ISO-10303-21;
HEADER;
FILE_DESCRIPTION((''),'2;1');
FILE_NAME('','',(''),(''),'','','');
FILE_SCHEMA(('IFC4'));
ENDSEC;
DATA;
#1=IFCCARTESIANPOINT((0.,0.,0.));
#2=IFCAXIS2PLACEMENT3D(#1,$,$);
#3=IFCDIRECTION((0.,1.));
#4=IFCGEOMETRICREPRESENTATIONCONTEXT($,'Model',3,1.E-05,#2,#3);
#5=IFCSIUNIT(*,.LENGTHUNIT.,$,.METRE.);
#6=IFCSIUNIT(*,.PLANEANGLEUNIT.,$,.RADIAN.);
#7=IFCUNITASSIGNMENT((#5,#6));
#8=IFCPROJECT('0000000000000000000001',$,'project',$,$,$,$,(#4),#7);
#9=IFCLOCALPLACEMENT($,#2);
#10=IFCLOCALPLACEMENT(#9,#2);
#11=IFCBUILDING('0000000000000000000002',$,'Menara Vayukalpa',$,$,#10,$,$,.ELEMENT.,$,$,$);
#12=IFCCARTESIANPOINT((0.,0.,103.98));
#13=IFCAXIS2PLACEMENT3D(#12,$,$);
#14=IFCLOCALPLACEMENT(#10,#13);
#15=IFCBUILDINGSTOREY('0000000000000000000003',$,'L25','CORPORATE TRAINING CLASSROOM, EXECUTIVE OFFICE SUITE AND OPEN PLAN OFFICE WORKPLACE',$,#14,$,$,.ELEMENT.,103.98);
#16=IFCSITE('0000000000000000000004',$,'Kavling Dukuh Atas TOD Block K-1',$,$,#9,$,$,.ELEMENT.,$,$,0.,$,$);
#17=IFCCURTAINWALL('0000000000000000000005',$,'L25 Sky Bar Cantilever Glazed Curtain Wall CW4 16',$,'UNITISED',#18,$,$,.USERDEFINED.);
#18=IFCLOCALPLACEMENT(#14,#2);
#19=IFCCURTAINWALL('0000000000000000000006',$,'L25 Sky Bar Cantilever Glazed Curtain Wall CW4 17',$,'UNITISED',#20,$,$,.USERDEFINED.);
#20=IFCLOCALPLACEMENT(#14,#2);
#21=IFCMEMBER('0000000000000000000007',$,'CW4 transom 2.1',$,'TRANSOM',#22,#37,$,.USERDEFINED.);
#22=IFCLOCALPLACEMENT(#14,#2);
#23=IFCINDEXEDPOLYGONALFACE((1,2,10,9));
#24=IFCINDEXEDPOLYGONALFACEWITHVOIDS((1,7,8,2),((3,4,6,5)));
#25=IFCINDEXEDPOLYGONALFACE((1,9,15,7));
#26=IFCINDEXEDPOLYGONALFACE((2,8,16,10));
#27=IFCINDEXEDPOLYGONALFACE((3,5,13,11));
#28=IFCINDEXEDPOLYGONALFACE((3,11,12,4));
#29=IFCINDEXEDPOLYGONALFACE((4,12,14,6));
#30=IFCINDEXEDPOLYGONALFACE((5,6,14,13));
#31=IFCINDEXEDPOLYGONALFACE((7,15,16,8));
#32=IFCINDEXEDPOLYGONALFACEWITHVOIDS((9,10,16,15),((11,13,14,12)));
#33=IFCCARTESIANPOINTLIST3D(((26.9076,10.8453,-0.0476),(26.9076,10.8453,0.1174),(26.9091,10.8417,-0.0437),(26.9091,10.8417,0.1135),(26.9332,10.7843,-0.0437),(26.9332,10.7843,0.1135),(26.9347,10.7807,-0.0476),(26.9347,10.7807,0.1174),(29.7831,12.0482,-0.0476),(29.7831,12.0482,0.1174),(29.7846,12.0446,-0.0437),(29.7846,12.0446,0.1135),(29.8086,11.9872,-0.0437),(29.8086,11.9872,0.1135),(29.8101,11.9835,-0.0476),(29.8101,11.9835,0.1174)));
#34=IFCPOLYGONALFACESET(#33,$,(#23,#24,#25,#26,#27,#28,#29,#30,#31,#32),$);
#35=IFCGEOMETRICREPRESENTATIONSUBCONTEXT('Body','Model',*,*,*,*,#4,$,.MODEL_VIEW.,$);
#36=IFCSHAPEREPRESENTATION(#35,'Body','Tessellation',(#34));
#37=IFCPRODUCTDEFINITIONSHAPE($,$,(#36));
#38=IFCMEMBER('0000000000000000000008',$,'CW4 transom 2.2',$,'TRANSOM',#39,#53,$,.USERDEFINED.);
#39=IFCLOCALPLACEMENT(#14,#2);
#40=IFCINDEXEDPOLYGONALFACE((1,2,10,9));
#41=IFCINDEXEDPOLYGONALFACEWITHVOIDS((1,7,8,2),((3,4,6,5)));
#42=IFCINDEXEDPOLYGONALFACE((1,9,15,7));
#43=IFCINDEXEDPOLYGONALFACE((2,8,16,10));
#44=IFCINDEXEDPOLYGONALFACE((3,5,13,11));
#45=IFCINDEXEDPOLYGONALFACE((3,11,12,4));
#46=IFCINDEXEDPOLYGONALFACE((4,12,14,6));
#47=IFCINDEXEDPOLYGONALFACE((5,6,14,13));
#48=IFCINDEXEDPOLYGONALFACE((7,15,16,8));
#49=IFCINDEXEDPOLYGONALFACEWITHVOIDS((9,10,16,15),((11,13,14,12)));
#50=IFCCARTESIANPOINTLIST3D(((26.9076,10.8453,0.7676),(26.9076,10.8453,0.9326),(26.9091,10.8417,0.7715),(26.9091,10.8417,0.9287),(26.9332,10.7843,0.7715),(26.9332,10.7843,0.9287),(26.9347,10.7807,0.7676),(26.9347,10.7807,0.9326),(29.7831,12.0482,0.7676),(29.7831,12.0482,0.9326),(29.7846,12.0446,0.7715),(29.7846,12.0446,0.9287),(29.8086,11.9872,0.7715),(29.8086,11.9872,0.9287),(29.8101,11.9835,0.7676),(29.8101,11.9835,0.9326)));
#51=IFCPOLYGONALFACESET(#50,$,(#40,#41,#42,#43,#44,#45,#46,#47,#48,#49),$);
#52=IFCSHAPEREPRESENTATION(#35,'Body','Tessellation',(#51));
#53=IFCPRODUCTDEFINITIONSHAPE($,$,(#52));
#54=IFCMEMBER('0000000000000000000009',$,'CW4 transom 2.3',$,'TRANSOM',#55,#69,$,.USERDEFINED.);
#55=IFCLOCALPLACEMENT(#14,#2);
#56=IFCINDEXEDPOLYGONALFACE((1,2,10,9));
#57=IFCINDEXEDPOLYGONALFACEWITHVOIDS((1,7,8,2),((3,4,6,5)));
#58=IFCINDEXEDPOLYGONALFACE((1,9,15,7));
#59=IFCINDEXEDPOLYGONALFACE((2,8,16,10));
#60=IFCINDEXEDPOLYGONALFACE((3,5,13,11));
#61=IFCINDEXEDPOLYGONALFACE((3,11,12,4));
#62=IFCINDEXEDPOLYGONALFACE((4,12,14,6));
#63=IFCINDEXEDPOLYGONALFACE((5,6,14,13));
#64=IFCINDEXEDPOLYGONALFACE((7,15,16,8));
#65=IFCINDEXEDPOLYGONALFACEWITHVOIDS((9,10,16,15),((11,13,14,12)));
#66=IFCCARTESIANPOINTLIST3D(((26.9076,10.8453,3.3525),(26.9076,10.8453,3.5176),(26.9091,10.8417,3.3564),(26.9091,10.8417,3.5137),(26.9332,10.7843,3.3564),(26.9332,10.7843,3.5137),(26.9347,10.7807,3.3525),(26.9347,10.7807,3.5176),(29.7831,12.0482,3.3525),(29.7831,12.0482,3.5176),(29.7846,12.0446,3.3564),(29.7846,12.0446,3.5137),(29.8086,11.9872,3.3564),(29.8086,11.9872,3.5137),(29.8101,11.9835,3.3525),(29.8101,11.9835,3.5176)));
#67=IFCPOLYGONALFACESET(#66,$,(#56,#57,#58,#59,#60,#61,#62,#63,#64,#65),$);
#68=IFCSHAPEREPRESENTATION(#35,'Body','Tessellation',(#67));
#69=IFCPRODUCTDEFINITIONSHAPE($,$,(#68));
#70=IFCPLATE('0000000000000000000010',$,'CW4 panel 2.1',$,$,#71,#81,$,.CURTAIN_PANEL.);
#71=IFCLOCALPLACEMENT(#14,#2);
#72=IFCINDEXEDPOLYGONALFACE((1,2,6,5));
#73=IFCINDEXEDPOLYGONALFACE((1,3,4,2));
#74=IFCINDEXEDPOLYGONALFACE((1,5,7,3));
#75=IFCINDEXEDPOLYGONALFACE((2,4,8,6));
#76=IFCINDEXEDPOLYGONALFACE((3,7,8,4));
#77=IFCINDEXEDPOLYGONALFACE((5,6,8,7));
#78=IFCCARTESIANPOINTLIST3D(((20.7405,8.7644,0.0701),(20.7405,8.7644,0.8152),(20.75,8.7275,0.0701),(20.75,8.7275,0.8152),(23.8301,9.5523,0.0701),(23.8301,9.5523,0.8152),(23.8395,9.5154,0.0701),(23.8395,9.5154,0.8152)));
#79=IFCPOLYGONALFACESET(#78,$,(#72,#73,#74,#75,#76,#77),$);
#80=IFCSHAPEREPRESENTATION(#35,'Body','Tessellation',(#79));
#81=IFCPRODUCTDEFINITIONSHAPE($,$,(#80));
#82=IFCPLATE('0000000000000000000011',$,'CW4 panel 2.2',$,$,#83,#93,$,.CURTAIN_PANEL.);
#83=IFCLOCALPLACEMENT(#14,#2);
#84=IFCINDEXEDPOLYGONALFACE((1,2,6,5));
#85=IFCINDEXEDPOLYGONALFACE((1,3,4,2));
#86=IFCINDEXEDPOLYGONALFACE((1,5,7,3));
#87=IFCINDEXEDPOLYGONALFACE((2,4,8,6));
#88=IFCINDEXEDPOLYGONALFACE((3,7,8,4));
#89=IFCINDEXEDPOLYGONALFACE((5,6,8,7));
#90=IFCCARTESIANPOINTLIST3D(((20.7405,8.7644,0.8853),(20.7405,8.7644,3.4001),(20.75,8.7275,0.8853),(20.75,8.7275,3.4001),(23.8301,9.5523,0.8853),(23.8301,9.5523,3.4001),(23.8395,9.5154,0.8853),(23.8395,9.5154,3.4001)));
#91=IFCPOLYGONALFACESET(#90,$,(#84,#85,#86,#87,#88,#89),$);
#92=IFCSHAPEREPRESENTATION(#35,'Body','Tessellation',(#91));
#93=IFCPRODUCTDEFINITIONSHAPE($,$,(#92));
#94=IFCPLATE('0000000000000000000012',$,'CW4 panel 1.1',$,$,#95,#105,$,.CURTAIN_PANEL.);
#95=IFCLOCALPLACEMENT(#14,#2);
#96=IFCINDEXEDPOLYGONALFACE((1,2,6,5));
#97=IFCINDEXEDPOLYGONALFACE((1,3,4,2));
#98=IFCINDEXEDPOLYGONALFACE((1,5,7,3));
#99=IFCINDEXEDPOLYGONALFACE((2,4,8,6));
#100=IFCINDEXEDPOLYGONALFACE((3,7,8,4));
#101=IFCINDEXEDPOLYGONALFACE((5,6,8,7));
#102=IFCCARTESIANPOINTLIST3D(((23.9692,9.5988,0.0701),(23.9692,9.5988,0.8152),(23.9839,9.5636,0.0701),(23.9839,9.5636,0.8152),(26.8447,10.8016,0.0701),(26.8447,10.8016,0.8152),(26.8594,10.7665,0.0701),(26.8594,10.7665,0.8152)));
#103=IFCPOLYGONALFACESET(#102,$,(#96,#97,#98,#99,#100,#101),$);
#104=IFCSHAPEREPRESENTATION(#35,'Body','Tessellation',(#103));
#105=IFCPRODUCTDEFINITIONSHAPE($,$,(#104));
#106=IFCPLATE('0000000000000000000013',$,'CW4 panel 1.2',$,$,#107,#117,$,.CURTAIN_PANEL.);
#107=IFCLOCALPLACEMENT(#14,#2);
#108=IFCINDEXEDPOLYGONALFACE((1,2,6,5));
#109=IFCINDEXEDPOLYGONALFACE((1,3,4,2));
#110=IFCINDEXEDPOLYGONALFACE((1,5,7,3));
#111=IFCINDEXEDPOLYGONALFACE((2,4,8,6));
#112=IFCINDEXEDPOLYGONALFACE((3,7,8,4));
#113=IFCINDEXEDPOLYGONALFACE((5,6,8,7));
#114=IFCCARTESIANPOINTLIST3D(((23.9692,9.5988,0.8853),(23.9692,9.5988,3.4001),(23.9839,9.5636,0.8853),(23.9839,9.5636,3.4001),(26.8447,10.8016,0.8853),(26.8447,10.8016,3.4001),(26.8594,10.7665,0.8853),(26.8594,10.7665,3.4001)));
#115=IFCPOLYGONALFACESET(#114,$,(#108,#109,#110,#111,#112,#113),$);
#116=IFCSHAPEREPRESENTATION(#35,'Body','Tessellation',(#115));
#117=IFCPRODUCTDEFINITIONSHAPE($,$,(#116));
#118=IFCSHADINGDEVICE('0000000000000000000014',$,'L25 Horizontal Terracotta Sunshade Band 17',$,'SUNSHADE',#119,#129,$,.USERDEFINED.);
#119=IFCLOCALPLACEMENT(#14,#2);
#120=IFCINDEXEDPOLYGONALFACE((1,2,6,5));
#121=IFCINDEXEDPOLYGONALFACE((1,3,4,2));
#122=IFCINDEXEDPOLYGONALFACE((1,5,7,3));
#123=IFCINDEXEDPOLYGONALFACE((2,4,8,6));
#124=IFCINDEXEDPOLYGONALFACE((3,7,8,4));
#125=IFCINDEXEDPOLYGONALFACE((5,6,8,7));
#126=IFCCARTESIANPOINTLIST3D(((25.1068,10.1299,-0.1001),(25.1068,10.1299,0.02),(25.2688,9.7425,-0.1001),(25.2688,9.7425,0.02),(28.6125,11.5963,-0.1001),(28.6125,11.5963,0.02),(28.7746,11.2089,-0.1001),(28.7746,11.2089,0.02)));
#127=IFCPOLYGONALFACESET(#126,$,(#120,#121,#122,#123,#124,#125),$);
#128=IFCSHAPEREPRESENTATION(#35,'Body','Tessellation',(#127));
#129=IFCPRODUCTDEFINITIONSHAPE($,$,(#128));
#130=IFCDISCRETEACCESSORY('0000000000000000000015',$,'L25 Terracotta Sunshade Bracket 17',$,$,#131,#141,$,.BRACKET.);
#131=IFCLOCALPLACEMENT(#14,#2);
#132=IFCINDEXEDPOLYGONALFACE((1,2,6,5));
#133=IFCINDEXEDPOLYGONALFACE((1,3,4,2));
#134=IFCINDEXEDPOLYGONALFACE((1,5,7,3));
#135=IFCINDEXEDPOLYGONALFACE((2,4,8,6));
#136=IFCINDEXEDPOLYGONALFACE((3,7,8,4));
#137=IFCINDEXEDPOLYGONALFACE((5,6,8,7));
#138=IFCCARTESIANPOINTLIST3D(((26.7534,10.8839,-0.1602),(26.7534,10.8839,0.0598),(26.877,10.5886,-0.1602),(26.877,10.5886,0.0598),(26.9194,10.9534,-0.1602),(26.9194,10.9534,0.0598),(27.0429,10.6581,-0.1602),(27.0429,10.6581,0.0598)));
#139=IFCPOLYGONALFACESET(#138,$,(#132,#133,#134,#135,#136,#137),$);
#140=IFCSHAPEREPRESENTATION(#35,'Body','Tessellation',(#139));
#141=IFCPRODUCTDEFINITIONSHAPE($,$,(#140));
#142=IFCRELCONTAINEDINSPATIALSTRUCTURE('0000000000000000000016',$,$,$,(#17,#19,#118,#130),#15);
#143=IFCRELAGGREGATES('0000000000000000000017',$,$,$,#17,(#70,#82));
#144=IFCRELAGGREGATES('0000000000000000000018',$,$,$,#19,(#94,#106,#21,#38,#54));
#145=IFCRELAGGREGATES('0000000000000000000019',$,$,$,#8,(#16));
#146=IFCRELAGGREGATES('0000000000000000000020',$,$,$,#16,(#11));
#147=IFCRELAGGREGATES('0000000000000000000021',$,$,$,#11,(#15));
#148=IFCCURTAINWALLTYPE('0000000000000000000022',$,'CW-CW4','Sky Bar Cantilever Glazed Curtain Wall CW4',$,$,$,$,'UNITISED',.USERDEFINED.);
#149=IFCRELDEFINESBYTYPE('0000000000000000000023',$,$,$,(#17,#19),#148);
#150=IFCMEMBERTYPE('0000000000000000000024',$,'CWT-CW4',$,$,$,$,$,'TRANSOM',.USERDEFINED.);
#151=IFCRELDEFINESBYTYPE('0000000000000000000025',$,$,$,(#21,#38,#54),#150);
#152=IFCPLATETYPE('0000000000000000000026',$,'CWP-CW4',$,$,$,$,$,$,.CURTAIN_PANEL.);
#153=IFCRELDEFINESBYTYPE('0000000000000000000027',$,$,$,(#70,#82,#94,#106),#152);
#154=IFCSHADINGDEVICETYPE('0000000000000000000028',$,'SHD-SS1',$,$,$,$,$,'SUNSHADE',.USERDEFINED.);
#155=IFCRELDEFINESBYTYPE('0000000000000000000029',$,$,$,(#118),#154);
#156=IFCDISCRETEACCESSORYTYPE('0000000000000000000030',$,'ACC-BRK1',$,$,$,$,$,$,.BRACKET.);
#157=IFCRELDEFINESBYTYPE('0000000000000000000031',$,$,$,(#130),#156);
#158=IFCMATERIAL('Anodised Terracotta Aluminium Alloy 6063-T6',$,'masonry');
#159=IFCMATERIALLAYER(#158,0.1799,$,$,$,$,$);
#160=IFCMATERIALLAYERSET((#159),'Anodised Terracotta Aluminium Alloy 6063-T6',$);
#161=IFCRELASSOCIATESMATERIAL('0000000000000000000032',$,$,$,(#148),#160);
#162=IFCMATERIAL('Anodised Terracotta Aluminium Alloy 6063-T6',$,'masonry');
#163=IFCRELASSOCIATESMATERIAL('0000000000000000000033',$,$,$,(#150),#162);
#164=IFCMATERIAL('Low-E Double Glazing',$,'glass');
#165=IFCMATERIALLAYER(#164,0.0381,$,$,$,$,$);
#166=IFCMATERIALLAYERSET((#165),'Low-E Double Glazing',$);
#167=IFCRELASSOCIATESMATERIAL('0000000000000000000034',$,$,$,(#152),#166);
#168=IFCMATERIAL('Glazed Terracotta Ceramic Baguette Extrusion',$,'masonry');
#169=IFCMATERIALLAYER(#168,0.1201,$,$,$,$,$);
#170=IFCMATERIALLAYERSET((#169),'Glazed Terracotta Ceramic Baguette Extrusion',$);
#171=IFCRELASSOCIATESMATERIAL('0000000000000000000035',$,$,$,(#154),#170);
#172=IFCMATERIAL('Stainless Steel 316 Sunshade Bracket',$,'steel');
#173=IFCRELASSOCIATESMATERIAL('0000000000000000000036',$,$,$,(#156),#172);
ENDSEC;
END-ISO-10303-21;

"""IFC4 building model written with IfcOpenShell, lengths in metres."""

from ifc_helpers import new_model, si_unit, direction, frame, origin, origin_2d, place, context, subcontext, project, spatial, rectangle, hollow_rectangle, extrude, material, layer, layer_set, material_profile, profile_set, type_object, element, aggregate, save


model = new_model("IFC4")

# Units and contexts
model_context = context("Model", 3, precision=1e-05, world=origin(), true_north=direction((0.0, 1.0)))
body_context = subcontext(model_context, "Body", "Model", "MODEL_VIEW")
ifc_project = project(units=[si_unit("LENGTHUNIT", "METRE"), si_unit("PLANEANGLEUNIT", "RADIAN")], contexts=[model_context])

# Site, building, storey
site_placement = place(None, origin())
site = spatial("IfcSite", under=ifc_project, at=site_placement, Name="Kavling Dukuh Atas TOD Block K-1", CompositionType="ELEMENT", RefElevation=0.0)
building_placement = place(site_placement, origin())
building = spatial("IfcBuilding", under=site, at=building_placement, Name="Menara Vayukalpa", CompositionType="ELEMENT")
storey_placement = place(building_placement, frame((0.0, 0.0, 103.98)))
storey = spatial("IfcBuildingStorey", under=building, at=storey_placement, Name="L25", Description="CORPORATE TRAINING CLASSROOM, EXECUTIVE OFFICE SUITE AND OPEN PLAN OFFICE WORKPLACE", CompositionType="ELEMENT", Elevation=103.98)

# Curtain wall
ifc_material_1 = material(Name="Anodised Terracotta Aluminium Alloy 6063-T6", Category="masonry")
ifc_layer_1 = layer(ifc_material_1, 0.1799)
ifc_layer_set_1 = layer_set([ifc_layer_1], Name="Anodised Terracotta Aluminium Alloy 6063-T6")
curtain_wall_type = type_object("IfcCurtainWallType", Name="CW-CW4", Description="Sky Bar Cantilever Glazed Curtain Wall CW4", ElementType="UNITISED", PredefinedType="USERDEFINED", material=ifc_layer_set_1)
curtain_wall_1_placement = place(storey_placement, origin())
curtain_wall_1 = element("IfcCurtainWall", 1, at=curtain_wall_1_placement, inside=storey, type_object=curtain_wall_type, Name="L25 Sky Bar Cantilever Glazed Curtain Wall CW4 16", ObjectType="UNITISED", PredefinedType="USERDEFINED")

# Curtain wall
curtain_wall_2_placement = place(storey_placement, origin())
curtain_wall_2 = element("IfcCurtainWall", 2, at=curtain_wall_2_placement, inside=storey, type_object=curtain_wall_type, Name="L25 Sky Bar Cantilever Glazed Curtain Wall CW4 17", ObjectType="UNITISED", PredefinedType="USERDEFINED")

# Members
ifc_material_2 = material(Name="Anodised Terracotta Aluminium Alloy 6063-T6", Category="masonry")
ifc_material_profile_1 = material_profile(ifc_material_2, hollow_rectangle(XDim=0.0701, YDim=0.165, WallThickness=0.0039, at=origin_2d()), Name="ALU 70x165x4")
ifc_profile_set_1 = profile_set([ifc_material_profile_1], Name="Anodised Terracotta Aluminium Alloy 6063-T6")
member_type_1 = type_object("IfcMemberType", Name="CWT-CW4", ElementType="TRANSOM", PredefinedType="USERDEFINED", material=ifc_profile_set_1)
member_1_placement = place(storey_placement, frame((26.9211, 10.813, 0.0349), z_axis=(0.922534, 0.385916, 0.0), x_axis=(-0.385916, 0.922534, 0.0)))
member_1 = element("IfcMember", 3, at=member_1_placement, type_object=member_type_1, Name="CW4 transom 2.1", ObjectType="TRANSOM", PredefinedType="USERDEFINED", context=body_context, shape_type="SweptSolid", body=[
    extrude(hollow_rectangle(XDim=0.0701, YDim=0.165, WallThickness=0.0039, at=origin_2d()), origin(), (0.0, 0.0, 1.0), 3.1169),
])
member_2_placement = place(storey_placement, frame((26.9211, 10.813, 0.8501), z_axis=(0.922534, 0.385916, 0.0), x_axis=(-0.385916, 0.922534, 0.0)))
member_2 = element("IfcMember", 4, at=member_2_placement, type_object=member_type_1, Name="CW4 transom 2.2", ObjectType="TRANSOM", PredefinedType="USERDEFINED", context=body_context, shape_type="SweptSolid", body=[
    extrude(hollow_rectangle(XDim=0.0701, YDim=0.165, WallThickness=0.0039, at=origin_2d()), origin(), (0.0, 0.0, 1.0), 3.1169),
])
member_3_placement = place(storey_placement, frame((26.9211, 10.813, 3.4351), z_axis=(0.922534, 0.385916, 0.0), x_axis=(-0.385916, 0.922534, 0.0)))
member_3 = element("IfcMember", 5, at=member_3_placement, type_object=member_type_1, Name="CW4 transom 2.3", ObjectType="TRANSOM", PredefinedType="USERDEFINED", context=body_context, shape_type="SweptSolid", body=[
    extrude(hollow_rectangle(XDim=0.0701, YDim=0.165, WallThickness=0.0039, at=origin_2d()), origin(), (0.0, 0.0, 1.0), 3.1169),
])

# Plates
ifc_material_3 = material(Name="Low-E Double Glazing", Category="glass")
ifc_layer_2 = layer(ifc_material_3, 0.0381)
ifc_layer_set_2 = layer_set([ifc_layer_2], Name="Low-E Double Glazing")
plate_type = type_object("IfcPlateType", Name="CWP-CW4", PredefinedType="CURTAIN_PANEL", material=ifc_layer_set_2)
plate_1_placement = place(storey_placement, frame((22.29, 9.1399, 0.0701), z_axis=(0.0, 0.0, 1.0), x_axis=(0.968982, 0.247131, 0.0)))
plate_1 = element("IfcPlate", 6, at=plate_1_placement, type_object=plate_type, Name="CW4 panel 2.1", PredefinedType="CURTAIN_PANEL", context=body_context, shape_type="SweptSolid", body=[
    extrude(rectangle(XDim=3.1885, YDim=0.0381, at=origin_2d()), origin(), (0.0, 0.0, 1.0), 0.7451),
])
plate_2_placement = place(storey_placement, frame((22.29, 9.1399, 0.8853), z_axis=(0.0, 0.0, 1.0), x_axis=(0.968982, 0.247131, 0.0)))
plate_2 = element("IfcPlate", 7, at=plate_2_placement, type_object=plate_type, Name="CW4 panel 2.2", PredefinedType="CURTAIN_PANEL", context=body_context, shape_type="SweptSolid", body=[
    extrude(rectangle(XDim=3.1885, YDim=0.0381, at=origin_2d()), origin(), (0.0, 0.0, 1.0), 2.5149),
])
aggregate(curtain_wall_1, [plate_1, plate_2])
plate_3_placement = place(storey_placement, frame((25.4143, 10.1826, 0.0701), z_axis=(0.0, 0.0, 1.0), x_axis=(0.922543, 0.385894, 0.0)))
plate_3 = element("IfcPlate", 8, at=plate_3_placement, type_object=plate_type, Name="CW4 panel 1.1", PredefinedType="CURTAIN_PANEL", context=body_context, shape_type="SweptSolid", body=[
    extrude(rectangle(XDim=3.1169, YDim=0.0381, at=origin_2d()), origin(), (0.0, 0.0, 1.0), 0.7451),
])
plate_4_placement = place(storey_placement, frame((25.4143, 10.1826, 0.8853), z_axis=(0.0, 0.0, 1.0), x_axis=(0.922543, 0.385894, 0.0)))
plate_4 = element("IfcPlate", 9, at=plate_4_placement, type_object=plate_type, Name="CW4 panel 1.2", PredefinedType="CURTAIN_PANEL", context=body_context, shape_type="SweptSolid", body=[
    extrude(rectangle(XDim=3.1169, YDim=0.0381, at=origin_2d()), origin(), (0.0, 0.0, 1.0), 2.5149),
])
aggregate(curtain_wall_2, [plate_3, plate_4, member_1, member_2, member_3])

# Shading device
ifc_material_4 = material(Name="Glazed Terracotta Ceramic Baguette Extrusion", Category="masonry")
ifc_layer_3 = layer(ifc_material_4, 0.1201)
ifc_layer_set_3 = layer_set([ifc_layer_3], Name="Glazed Terracotta Ceramic Baguette Extrusion")
shading_device_type = type_object("IfcShadingDeviceType", Name="SHD-SS1", ElementType="SUNSHADE", PredefinedType="USERDEFINED", material=ifc_layer_set_3)
shading_device_placement = place(storey_placement, frame((26.9407, 10.6694, -0.1001), z_axis=(0.0, 0.0, 1.0), x_axis=(0.922545, 0.38589, 0.0)))
element("IfcShadingDevice", 10, at=shading_device_placement, inside=storey, type_object=shading_device_type, Name="L25 Horizontal Terracotta Sunshade Band 17", ObjectType="SUNSHADE", PredefinedType="USERDEFINED", context=body_context, shape_type="SweptSolid", body=[
    extrude(rectangle(XDim=3.8, YDim=0.4199, at=origin_2d()), origin(), (0.0, 0.0, 1.0), 0.1201),
])

# Discrete accessory
ifc_material_5 = material(Name="Stainless Steel 316 Sunshade Bracket", Category="steel")
discrete_accessory_type = type_object("IfcDiscreteAccessoryType", Name="ACC-BRK1", PredefinedType="BRACKET", material=ifc_material_5)
discrete_accessory_placement = place(storey_placement, frame((26.8982, 10.771, -0.1602), z_axis=(0.0, 0.0, 1.0), x_axis=(0.922545, 0.38589, 0.0)))
element("IfcDiscreteAccessory", 11, at=discrete_accessory_placement, inside=storey, type_object=discrete_accessory_type, Name="L25 Terracotta Sunshade Bracket 17", PredefinedType="BRACKET", context=body_context, shape_type="SweptSolid", body=[
    extrude(rectangle(XDim=0.1799, YDim=0.3201, at=origin_2d()), origin(), (0.0, 0.0, 1.0), 0.22),
])

save(model, "model.ifc")
